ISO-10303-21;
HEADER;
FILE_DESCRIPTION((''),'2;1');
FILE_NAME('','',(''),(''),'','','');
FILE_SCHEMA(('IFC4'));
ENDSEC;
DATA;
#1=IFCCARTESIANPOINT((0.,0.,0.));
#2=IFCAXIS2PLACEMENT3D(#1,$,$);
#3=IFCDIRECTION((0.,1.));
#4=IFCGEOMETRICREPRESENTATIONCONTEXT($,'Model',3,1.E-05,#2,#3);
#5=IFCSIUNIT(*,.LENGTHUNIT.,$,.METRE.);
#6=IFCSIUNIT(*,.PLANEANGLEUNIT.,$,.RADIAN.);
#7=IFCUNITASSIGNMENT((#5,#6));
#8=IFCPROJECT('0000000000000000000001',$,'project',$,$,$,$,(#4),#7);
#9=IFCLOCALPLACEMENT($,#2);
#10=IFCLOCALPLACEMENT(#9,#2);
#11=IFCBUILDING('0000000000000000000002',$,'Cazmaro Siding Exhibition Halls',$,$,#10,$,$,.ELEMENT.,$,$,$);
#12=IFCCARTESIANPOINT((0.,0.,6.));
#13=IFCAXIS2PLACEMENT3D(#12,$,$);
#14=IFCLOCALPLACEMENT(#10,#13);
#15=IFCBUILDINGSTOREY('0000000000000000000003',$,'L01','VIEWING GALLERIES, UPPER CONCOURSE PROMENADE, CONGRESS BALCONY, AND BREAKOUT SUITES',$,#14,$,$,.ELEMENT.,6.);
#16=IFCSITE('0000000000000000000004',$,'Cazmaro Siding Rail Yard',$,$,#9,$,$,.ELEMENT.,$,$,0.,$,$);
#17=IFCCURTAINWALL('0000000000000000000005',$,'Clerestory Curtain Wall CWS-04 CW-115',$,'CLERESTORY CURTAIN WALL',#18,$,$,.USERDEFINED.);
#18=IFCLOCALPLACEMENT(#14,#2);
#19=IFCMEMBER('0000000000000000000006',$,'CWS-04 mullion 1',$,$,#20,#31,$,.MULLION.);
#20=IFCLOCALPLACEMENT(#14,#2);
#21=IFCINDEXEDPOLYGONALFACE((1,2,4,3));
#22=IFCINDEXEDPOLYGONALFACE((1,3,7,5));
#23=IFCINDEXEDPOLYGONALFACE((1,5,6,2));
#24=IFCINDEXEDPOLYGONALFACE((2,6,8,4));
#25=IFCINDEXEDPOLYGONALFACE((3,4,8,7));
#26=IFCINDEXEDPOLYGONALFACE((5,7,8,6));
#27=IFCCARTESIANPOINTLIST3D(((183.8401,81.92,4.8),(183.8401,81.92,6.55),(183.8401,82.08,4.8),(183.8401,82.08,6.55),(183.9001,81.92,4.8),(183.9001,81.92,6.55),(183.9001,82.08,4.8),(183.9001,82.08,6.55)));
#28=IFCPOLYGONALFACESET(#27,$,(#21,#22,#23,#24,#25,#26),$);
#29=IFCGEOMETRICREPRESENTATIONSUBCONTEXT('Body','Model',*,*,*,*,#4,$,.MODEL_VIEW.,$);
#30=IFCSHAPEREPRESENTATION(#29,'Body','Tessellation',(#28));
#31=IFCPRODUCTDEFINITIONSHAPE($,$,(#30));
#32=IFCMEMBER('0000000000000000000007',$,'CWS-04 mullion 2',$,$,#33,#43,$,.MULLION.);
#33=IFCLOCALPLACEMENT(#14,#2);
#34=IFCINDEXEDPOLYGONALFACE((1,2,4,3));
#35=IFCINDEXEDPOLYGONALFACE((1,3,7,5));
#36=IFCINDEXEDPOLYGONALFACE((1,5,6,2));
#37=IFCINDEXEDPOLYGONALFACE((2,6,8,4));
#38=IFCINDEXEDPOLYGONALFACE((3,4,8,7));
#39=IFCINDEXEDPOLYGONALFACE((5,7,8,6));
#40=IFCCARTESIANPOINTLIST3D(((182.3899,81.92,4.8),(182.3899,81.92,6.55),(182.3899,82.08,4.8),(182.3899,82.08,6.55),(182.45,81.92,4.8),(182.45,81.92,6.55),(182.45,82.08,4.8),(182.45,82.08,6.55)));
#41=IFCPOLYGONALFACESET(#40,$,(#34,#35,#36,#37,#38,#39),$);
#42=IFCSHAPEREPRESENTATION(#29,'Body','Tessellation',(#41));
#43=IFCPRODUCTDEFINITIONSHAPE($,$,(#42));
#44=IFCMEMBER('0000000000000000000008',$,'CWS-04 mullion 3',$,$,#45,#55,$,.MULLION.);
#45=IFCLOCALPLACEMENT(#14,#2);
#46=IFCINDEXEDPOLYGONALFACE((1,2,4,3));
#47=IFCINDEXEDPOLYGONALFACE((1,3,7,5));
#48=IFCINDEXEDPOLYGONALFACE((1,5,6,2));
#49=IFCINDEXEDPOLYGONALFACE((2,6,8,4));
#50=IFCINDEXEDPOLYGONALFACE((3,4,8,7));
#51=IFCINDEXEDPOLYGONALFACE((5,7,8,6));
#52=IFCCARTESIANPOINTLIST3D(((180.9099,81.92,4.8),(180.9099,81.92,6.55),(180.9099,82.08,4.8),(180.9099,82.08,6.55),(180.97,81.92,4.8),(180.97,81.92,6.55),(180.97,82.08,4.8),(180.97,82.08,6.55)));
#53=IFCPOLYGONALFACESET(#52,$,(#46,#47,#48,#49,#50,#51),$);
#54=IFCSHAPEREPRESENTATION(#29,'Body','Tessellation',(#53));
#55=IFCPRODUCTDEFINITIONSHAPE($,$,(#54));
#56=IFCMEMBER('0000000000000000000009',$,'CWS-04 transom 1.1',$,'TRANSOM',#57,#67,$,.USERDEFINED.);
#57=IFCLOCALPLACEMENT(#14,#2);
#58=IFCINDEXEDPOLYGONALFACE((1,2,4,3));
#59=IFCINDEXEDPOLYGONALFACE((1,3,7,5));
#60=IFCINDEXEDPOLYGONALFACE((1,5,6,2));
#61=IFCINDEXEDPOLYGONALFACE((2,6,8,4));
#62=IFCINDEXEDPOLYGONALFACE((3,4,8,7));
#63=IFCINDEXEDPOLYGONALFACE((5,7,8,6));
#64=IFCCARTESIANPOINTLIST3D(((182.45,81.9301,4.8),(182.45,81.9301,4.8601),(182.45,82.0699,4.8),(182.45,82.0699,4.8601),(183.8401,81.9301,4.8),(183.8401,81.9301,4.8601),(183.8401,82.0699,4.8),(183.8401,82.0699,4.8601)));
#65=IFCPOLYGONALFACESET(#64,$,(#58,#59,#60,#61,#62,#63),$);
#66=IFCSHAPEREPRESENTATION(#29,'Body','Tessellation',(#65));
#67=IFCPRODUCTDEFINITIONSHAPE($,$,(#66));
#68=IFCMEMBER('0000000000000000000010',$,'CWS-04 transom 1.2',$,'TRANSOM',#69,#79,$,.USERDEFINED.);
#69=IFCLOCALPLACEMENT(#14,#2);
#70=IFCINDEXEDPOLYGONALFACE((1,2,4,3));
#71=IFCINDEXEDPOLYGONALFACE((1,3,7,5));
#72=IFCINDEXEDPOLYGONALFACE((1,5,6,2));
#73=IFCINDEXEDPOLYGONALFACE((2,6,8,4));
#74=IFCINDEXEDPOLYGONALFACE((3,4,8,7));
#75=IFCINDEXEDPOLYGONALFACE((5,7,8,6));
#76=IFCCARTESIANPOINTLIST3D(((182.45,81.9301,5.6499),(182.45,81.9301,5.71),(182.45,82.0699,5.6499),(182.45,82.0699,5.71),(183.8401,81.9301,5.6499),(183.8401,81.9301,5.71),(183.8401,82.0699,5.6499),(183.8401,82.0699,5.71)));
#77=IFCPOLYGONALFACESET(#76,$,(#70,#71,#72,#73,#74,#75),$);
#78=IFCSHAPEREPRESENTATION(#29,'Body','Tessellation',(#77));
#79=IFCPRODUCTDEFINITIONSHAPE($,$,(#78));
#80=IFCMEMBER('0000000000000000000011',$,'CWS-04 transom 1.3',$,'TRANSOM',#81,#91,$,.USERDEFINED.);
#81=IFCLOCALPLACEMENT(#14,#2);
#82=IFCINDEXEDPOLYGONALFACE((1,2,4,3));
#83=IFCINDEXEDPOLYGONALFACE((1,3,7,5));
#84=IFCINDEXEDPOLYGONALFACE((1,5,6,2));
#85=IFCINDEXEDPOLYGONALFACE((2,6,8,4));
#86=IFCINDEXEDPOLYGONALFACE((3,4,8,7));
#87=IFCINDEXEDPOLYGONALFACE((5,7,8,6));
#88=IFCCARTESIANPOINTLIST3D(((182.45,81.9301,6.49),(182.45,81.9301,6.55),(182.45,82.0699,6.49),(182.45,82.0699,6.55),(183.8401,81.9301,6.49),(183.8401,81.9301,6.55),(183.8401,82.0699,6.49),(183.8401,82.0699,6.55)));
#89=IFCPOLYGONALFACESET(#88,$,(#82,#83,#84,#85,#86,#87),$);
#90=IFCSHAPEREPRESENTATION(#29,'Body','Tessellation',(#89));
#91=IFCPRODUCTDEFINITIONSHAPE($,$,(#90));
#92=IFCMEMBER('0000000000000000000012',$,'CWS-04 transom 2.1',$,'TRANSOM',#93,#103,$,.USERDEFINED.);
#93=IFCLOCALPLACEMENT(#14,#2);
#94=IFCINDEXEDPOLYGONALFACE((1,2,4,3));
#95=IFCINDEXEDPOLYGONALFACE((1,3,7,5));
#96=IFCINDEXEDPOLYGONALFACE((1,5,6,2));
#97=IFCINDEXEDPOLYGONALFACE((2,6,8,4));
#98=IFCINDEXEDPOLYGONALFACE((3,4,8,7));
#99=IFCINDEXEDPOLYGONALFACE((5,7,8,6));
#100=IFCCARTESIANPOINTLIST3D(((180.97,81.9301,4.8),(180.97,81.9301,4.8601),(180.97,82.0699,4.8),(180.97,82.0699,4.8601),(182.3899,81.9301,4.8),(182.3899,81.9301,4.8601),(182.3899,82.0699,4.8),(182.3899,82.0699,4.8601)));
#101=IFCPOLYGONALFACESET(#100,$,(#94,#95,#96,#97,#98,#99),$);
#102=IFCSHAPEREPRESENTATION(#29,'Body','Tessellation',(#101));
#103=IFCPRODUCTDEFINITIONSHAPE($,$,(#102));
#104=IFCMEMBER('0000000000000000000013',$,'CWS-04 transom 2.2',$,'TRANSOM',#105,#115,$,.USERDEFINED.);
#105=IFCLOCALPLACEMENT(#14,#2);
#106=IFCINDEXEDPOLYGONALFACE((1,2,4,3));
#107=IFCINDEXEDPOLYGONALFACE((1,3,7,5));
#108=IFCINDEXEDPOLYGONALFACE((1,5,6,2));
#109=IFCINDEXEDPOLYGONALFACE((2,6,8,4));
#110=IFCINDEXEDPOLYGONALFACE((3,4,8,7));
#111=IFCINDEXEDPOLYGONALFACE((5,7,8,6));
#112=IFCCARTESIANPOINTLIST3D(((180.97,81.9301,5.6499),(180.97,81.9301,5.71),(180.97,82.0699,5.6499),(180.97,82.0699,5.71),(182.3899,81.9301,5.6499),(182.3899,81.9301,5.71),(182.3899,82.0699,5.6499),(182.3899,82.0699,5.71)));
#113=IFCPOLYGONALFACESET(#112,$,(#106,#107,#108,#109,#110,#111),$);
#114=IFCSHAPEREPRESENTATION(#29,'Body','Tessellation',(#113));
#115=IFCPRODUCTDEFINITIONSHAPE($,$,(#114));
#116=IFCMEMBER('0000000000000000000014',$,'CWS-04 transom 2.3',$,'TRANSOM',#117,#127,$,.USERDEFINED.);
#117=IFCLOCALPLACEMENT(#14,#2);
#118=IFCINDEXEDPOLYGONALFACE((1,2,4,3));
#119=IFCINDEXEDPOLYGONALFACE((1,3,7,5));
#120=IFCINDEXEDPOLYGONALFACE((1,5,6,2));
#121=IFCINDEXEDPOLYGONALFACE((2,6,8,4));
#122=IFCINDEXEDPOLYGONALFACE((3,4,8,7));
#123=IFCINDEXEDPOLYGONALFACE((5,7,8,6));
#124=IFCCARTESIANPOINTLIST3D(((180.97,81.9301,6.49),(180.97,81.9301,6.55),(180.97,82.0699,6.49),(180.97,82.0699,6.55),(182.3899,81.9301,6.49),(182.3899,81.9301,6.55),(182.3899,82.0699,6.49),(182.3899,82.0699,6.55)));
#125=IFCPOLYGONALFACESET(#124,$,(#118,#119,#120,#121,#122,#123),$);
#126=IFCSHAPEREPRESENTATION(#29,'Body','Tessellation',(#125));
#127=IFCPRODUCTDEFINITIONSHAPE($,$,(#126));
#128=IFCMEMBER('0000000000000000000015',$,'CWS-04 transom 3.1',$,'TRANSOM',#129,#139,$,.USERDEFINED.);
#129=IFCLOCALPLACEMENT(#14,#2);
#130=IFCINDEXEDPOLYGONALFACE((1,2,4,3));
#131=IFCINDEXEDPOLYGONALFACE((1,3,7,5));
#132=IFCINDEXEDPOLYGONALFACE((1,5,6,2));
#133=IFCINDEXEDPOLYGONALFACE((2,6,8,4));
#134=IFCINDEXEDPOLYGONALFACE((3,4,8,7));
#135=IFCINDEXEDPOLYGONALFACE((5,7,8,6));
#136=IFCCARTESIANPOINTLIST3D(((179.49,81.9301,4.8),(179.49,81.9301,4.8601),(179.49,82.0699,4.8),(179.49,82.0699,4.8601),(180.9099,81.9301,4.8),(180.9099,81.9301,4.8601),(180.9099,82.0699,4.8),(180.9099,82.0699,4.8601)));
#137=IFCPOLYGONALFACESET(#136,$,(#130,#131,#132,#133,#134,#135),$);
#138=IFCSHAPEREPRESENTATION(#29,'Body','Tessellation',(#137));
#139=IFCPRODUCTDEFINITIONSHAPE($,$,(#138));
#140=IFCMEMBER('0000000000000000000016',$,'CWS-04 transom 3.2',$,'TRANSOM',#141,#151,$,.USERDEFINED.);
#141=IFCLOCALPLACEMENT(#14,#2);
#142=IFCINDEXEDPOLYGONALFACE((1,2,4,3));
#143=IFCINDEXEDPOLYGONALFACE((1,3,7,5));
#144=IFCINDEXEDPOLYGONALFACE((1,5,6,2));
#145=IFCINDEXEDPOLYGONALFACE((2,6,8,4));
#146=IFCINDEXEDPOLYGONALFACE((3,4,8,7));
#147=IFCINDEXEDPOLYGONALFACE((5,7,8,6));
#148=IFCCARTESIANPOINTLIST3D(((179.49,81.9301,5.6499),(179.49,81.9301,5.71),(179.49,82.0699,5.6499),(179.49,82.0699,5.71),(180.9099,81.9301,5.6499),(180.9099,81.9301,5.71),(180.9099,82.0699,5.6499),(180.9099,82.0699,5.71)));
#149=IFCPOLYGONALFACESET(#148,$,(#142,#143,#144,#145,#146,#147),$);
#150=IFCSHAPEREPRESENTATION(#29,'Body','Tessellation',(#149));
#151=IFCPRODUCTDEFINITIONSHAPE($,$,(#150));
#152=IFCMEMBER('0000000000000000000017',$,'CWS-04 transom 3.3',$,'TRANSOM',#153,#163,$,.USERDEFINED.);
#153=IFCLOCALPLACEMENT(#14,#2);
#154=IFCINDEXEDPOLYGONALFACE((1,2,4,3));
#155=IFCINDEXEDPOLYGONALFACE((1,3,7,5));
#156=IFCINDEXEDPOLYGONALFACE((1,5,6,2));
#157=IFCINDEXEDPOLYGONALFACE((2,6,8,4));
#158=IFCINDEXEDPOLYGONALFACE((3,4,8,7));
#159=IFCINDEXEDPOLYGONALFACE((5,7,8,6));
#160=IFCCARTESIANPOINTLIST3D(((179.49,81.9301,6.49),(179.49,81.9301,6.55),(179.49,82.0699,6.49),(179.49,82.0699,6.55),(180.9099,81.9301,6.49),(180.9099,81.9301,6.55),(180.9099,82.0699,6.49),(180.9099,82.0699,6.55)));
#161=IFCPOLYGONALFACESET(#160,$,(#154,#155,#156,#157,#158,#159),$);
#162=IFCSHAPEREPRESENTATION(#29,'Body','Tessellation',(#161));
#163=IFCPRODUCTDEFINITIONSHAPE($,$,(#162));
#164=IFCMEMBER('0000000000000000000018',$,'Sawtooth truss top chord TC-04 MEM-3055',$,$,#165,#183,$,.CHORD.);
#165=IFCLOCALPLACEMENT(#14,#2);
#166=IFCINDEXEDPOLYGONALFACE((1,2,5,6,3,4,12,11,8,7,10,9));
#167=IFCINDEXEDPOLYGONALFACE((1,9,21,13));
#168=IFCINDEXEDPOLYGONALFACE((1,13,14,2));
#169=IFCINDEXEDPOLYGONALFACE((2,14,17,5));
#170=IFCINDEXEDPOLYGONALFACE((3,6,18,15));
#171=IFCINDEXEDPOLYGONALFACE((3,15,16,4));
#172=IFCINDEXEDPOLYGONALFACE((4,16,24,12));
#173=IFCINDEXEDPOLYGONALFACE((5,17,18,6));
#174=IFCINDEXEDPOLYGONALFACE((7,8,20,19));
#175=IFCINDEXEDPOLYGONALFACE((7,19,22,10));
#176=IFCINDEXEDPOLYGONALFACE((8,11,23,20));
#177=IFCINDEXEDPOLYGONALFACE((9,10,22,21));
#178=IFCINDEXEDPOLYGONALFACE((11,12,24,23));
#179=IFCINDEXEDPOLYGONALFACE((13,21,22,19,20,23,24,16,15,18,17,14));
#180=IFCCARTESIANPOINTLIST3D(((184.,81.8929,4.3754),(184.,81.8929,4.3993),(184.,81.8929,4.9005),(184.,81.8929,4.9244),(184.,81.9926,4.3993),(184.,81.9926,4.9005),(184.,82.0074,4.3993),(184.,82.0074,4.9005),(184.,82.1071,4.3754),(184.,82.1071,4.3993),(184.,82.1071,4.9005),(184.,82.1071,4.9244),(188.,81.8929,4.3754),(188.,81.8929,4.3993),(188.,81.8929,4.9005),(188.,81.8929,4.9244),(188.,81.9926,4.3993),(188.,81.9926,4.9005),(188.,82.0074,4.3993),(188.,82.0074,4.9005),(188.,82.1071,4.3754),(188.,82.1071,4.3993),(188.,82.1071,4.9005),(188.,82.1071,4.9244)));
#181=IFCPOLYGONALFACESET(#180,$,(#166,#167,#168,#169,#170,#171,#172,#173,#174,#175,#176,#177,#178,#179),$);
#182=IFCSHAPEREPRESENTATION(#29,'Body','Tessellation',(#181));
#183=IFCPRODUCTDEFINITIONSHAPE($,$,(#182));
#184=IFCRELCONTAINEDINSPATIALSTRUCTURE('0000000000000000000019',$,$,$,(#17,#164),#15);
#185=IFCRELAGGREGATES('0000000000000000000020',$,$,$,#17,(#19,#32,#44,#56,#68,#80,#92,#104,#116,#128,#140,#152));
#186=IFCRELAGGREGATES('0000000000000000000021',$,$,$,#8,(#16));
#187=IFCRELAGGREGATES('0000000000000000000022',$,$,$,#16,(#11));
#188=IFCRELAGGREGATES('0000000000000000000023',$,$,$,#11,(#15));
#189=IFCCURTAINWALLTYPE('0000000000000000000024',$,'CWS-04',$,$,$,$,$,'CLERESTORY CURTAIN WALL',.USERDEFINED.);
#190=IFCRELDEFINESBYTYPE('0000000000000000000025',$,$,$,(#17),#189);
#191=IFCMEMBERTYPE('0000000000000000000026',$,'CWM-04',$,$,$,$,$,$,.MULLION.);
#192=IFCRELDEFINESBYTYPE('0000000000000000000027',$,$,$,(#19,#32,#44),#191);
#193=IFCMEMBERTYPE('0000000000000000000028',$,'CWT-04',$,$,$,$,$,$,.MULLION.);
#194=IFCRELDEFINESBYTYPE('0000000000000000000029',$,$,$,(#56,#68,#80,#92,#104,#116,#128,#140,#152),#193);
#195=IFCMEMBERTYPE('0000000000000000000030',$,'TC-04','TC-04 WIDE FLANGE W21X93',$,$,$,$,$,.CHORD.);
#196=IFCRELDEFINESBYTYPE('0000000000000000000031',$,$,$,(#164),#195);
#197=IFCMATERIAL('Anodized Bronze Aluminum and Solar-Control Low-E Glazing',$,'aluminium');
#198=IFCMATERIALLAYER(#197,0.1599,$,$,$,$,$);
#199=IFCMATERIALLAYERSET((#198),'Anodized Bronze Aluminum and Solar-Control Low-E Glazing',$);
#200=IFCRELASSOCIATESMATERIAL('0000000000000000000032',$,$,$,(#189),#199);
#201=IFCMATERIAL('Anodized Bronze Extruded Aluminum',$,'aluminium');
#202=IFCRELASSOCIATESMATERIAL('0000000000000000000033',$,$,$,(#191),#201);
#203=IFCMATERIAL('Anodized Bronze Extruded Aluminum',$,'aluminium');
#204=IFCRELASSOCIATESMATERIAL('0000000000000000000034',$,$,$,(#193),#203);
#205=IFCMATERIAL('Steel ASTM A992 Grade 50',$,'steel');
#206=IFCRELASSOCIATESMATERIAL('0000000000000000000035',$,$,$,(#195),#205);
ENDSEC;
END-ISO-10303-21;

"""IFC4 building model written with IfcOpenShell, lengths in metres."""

from ifc_helpers import new_model, si_unit, direction, frame, origin, origin_2d, place, context, subcontext, project, spatial, rectangle, i_section, extrude, material, layer, layer_set, material_profile, profile_set, type_object, element, aggregate, save


model = new_model("IFC4")

# Units and contexts
model_context = context("Model", 3, precision=1e-05, world=origin(), true_north=direction((0.0, 1.0)))
body_context = subcontext(model_context, "Body", "Model", "MODEL_VIEW")
ifc_project = project(units=[si_unit("LENGTHUNIT", "METRE"), si_unit("PLANEANGLEUNIT", "RADIAN")], contexts=[model_context])

# Site, building, storey
site_placement = place(None, origin())
site = spatial("IfcSite", under=ifc_project, at=site_placement, Name="Cazmaro Siding Rail Yard", CompositionType="ELEMENT", RefElevation=0.0)
building_placement = place(site_placement, origin())
building = spatial("IfcBuilding", under=site, at=building_placement, Name="Cazmaro Siding Exhibition Halls", CompositionType="ELEMENT")
storey_placement = place(building_placement, frame((0.0, 0.0, 6.0)))
storey = spatial("IfcBuildingStorey", under=building, at=storey_placement, Name="L01", Description="VIEWING GALLERIES, UPPER CONCOURSE PROMENADE, CONGRESS BALCONY, AND BREAKOUT SUITES", CompositionType="ELEMENT", Elevation=6.0)

# Curtain wall, members
ifc_material_1 = material(Name="Anodized Bronze Aluminum and Solar-Control Low-E Glazing", Category="aluminium")
ifc_layer_1 = layer(ifc_material_1, 0.1599)
ifc_layer_set_1 = layer_set([ifc_layer_1], Name="Anodized Bronze Aluminum and Solar-Control Low-E Glazing")
curtain_wall_type = type_object("IfcCurtainWallType", Name="CWS-04", ElementType="CLERESTORY CURTAIN WALL", PredefinedType="USERDEFINED", material=ifc_layer_set_1)
curtain_wall_placement = place(storey_placement, origin())
curtain_wall = element("IfcCurtainWall", 1, at=curtain_wall_placement, inside=storey, type_object=curtain_wall_type, Name="Clerestory Curtain Wall CWS-04 CW-115", ObjectType="CLERESTORY CURTAIN WALL", PredefinedType="USERDEFINED")
ifc_material_2 = material(Name="Anodized Bronze Extruded Aluminum", Category="aluminium")
ifc_material_profile_1 = material_profile(ifc_material_2, rectangle(XDim=0.1599, YDim=0.0601, at=origin_2d()), Name="CWM-04")
ifc_profile_set_1 = profile_set([ifc_material_profile_1], Name="Anodized Bronze Extruded Aluminum")
member_type_1 = type_object("IfcMemberType", Name="CWM-04", PredefinedType="MULLION", material=ifc_profile_set_1)
member_1_placement = place(storey_placement, frame((183.8701, 82.0, 4.8), z_axis=(0.0, 0.0, 1.0), x_axis=(0.0, -1.0, 0.0)))
member_1 = element("IfcMember", 2, at=member_1_placement, type_object=member_type_1, Name="CWS-04 mullion 1", PredefinedType="MULLION", context=body_context, shape_type="SweptSolid", body=[
    extrude(rectangle(XDim=0.1599, YDim=0.0601, at=origin_2d()), origin(), (0.0, 0.0, 1.0), 1.75),
])
member_2_placement = place(storey_placement, frame((182.4199, 82.0, 4.8), z_axis=(0.0, 0.0, 1.0), x_axis=(0.0, -1.0, 0.0)))
member_2 = element("IfcMember", 3, at=member_2_placement, type_object=member_type_1, Name="CWS-04 mullion 2", PredefinedType="MULLION", context=body_context, shape_type="SweptSolid", body=[
    extrude(rectangle(XDim=0.1599, YDim=0.0601, at=origin_2d()), origin(), (0.0, 0.0, 1.0), 1.75),
])
member_3_placement = place(storey_placement, frame((180.9399, 82.0, 4.8), z_axis=(0.0, 0.0, 1.0), x_axis=(0.0, -1.0, 0.0)))
member_3 = element("IfcMember", 4, at=member_3_placement, type_object=member_type_1, Name="CWS-04 mullion 3", PredefinedType="MULLION", context=body_context, shape_type="SweptSolid", body=[
    extrude(rectangle(XDim=0.1599, YDim=0.0601, at=origin_2d()), origin(), (0.0, 0.0, 1.0), 1.75),
])
ifc_material_3 = material(Name="Anodized Bronze Extruded Aluminum", Category="aluminium")
ifc_material_profile_2 = material_profile(ifc_material_3, rectangle(XDim=0.1399, YDim=0.0601, at=origin_2d()), Name="CWT-04")
ifc_profile_set_2 = profile_set([ifc_material_profile_2], Name="Anodized Bronze Extruded Aluminum")
member_type_2 = type_object("IfcMemberType", Name="CWT-04", PredefinedType="MULLION", material=ifc_profile_set_2)
member_4_placement = place(storey_placement, frame((183.8401, 82.0, 4.8301), z_axis=(-1.0, 0.0, 0.0), x_axis=(0.0, -1.0, 0.0)))
member_4 = element("IfcMember", 5, at=member_4_placement, type_object=member_type_2, Name="CWS-04 transom 1.1", ObjectType="TRANSOM", PredefinedType="USERDEFINED", context=body_context, shape_type="SweptSolid", body=[
    extrude(rectangle(XDim=0.1399, YDim=0.0601, at=origin_2d()), origin(), (0.0, 0.0, 1.0), 1.3901),
])
member_5_placement = place(storey_placement, frame((183.8401, 82.0, 5.6799), z_axis=(-1.0, 0.0, 0.0), x_axis=(0.0, -1.0, 0.0)))
member_5 = element("IfcMember", 6, at=member_5_placement, type_object=member_type_2, Name="CWS-04 transom 1.2", ObjectType="TRANSOM", PredefinedType="USERDEFINED", context=body_context, shape_type="SweptSolid", body=[
    extrude(rectangle(XDim=0.1399, YDim=0.0601, at=origin_2d()), origin(), (0.0, 0.0, 1.0), 1.3901),
])
member_6_placement = place(storey_placement, frame((183.8401, 82.0, 6.52), z_axis=(-1.0, 0.0, 0.0), x_axis=(0.0, -1.0, 0.0)))
member_6 = element("IfcMember", 7, at=member_6_placement, type_object=member_type_2, Name="CWS-04 transom 1.3", ObjectType="TRANSOM", PredefinedType="USERDEFINED", context=body_context, shape_type="SweptSolid", body=[
    extrude(rectangle(XDim=0.1399, YDim=0.0601, at=origin_2d()), origin(), (0.0, 0.0, 1.0), 1.3901),
])
member_7_placement = place(storey_placement, frame((182.3899, 82.0, 4.8301), z_axis=(-1.0, 0.0, 0.0), x_axis=(0.0, -1.0, 0.0)))
member_7 = element("IfcMember", 8, at=member_7_placement, type_object=member_type_2, Name="CWS-04 transom 2.1", ObjectType="TRANSOM", PredefinedType="USERDEFINED", context=body_context, shape_type="SweptSolid", body=[
    extrude(rectangle(XDim=0.1399, YDim=0.0601, at=origin_2d()), origin(), (0.0, 0.0, 1.0), 1.4199),
])
member_8_placement = place(storey_placement, frame((182.3899, 82.0, 5.6799), z_axis=(-1.0, 0.0, 0.0), x_axis=(0.0, -1.0, 0.0)))
member_8 = element("IfcMember", 9, at=member_8_placement, type_object=member_type_2, Name="CWS-04 transom 2.2", ObjectType="TRANSOM", PredefinedType="USERDEFINED", context=body_context, shape_type="SweptSolid", body=[
    extrude(rectangle(XDim=0.1399, YDim=0.0601, at=origin_2d()), origin(), (0.0, 0.0, 1.0), 1.4199),
])
member_9_placement = place(storey_placement, frame((182.3899, 82.0, 6.52), z_axis=(-1.0, 0.0, 0.0), x_axis=(0.0, -1.0, 0.0)))
member_9 = element("IfcMember", 10, at=member_9_placement, type_object=member_type_2, Name="CWS-04 transom 2.3", ObjectType="TRANSOM", PredefinedType="USERDEFINED", context=body_context, shape_type="SweptSolid", body=[
    extrude(rectangle(XDim=0.1399, YDim=0.0601, at=origin_2d()), origin(), (0.0, 0.0, 1.0), 1.4199),
])
member_10_placement = place(storey_placement, frame((180.9099, 82.0, 4.8301), z_axis=(-1.0, 0.0, 0.0), x_axis=(0.0, -1.0, 0.0)))
member_10 = element("IfcMember", 11, at=member_10_placement, type_object=member_type_2, Name="CWS-04 transom 3.1", ObjectType="TRANSOM", PredefinedType="USERDEFINED", context=body_context, shape_type="SweptSolid", body=[
    extrude(rectangle(XDim=0.1399, YDim=0.0601, at=origin_2d()), origin(), (0.0, 0.0, 1.0), 1.4199),
])
member_11_placement = place(storey_placement, frame((180.9099, 82.0, 5.6799), z_axis=(-1.0, 0.0, 0.0), x_axis=(0.0, -1.0, 0.0)))
member_11 = element("IfcMember", 12, at=member_11_placement, type_object=member_type_2, Name="CWS-04 transom 3.2", ObjectType="TRANSOM", PredefinedType="USERDEFINED", context=body_context, shape_type="SweptSolid", body=[
    extrude(rectangle(XDim=0.1399, YDim=0.0601, at=origin_2d()), origin(), (0.0, 0.0, 1.0), 1.4199),
])
member_12_placement = place(storey_placement, frame((180.9099, 82.0, 6.52), z_axis=(-1.0, 0.0, 0.0), x_axis=(0.0, -1.0, 0.0)))
member_12 = element("IfcMember", 13, at=member_12_placement, type_object=member_type_2, Name="CWS-04 transom 3.3", ObjectType="TRANSOM", PredefinedType="USERDEFINED", context=body_context, shape_type="SweptSolid", body=[
    extrude(rectangle(XDim=0.1399, YDim=0.0601, at=origin_2d()), origin(), (0.0, 0.0, 1.0), 1.4199),
])

# Member
ifc_material_4 = material(Name="Steel ASTM A992 Grade 50", Category="steel")
ifc_material_profile_3 = material_profile(ifc_material_4, i_section(OverallWidth=0.2141, OverallDepth=0.5491, WebThickness=0.0149, FlangeThickness=0.0239, at=origin_2d()), Name="W21X93")
ifc_profile_set_3 = profile_set([ifc_material_profile_3], Name="Steel ASTM A992 Grade 50")
member_type_3 = type_object("IfcMemberType", Name="TC-04", Description="TC-04 WIDE FLANGE W21X93", PredefinedType="CHORD", material=ifc_profile_set_3)
member_13_placement = place(storey_placement, frame((184.0, 82.0, 4.6499), z_axis=(1.0, 0.0, 0.0), x_axis=(0.0, 1.0, 0.0)))
element("IfcMember", 14, at=member_13_placement, inside=storey, type_object=member_type_3, Name="Sawtooth truss top chord TC-04 MEM-3055", PredefinedType="CHORD", context=body_context, shape_type="SweptSolid", body=[
    extrude(i_section(OverallWidth=0.2141, OverallDepth=0.5491, WebThickness=0.0149, FlangeThickness=0.0239, at=origin_2d()), origin(), (0.0, 0.0, 1.0), 4.0),
])

aggregate(curtain_wall, [member_1, member_2, member_3, member_4, member_5, member_6, member_7, member_8, member_9, member_10, member_11, member_12])

save(model, "model.ifc")
